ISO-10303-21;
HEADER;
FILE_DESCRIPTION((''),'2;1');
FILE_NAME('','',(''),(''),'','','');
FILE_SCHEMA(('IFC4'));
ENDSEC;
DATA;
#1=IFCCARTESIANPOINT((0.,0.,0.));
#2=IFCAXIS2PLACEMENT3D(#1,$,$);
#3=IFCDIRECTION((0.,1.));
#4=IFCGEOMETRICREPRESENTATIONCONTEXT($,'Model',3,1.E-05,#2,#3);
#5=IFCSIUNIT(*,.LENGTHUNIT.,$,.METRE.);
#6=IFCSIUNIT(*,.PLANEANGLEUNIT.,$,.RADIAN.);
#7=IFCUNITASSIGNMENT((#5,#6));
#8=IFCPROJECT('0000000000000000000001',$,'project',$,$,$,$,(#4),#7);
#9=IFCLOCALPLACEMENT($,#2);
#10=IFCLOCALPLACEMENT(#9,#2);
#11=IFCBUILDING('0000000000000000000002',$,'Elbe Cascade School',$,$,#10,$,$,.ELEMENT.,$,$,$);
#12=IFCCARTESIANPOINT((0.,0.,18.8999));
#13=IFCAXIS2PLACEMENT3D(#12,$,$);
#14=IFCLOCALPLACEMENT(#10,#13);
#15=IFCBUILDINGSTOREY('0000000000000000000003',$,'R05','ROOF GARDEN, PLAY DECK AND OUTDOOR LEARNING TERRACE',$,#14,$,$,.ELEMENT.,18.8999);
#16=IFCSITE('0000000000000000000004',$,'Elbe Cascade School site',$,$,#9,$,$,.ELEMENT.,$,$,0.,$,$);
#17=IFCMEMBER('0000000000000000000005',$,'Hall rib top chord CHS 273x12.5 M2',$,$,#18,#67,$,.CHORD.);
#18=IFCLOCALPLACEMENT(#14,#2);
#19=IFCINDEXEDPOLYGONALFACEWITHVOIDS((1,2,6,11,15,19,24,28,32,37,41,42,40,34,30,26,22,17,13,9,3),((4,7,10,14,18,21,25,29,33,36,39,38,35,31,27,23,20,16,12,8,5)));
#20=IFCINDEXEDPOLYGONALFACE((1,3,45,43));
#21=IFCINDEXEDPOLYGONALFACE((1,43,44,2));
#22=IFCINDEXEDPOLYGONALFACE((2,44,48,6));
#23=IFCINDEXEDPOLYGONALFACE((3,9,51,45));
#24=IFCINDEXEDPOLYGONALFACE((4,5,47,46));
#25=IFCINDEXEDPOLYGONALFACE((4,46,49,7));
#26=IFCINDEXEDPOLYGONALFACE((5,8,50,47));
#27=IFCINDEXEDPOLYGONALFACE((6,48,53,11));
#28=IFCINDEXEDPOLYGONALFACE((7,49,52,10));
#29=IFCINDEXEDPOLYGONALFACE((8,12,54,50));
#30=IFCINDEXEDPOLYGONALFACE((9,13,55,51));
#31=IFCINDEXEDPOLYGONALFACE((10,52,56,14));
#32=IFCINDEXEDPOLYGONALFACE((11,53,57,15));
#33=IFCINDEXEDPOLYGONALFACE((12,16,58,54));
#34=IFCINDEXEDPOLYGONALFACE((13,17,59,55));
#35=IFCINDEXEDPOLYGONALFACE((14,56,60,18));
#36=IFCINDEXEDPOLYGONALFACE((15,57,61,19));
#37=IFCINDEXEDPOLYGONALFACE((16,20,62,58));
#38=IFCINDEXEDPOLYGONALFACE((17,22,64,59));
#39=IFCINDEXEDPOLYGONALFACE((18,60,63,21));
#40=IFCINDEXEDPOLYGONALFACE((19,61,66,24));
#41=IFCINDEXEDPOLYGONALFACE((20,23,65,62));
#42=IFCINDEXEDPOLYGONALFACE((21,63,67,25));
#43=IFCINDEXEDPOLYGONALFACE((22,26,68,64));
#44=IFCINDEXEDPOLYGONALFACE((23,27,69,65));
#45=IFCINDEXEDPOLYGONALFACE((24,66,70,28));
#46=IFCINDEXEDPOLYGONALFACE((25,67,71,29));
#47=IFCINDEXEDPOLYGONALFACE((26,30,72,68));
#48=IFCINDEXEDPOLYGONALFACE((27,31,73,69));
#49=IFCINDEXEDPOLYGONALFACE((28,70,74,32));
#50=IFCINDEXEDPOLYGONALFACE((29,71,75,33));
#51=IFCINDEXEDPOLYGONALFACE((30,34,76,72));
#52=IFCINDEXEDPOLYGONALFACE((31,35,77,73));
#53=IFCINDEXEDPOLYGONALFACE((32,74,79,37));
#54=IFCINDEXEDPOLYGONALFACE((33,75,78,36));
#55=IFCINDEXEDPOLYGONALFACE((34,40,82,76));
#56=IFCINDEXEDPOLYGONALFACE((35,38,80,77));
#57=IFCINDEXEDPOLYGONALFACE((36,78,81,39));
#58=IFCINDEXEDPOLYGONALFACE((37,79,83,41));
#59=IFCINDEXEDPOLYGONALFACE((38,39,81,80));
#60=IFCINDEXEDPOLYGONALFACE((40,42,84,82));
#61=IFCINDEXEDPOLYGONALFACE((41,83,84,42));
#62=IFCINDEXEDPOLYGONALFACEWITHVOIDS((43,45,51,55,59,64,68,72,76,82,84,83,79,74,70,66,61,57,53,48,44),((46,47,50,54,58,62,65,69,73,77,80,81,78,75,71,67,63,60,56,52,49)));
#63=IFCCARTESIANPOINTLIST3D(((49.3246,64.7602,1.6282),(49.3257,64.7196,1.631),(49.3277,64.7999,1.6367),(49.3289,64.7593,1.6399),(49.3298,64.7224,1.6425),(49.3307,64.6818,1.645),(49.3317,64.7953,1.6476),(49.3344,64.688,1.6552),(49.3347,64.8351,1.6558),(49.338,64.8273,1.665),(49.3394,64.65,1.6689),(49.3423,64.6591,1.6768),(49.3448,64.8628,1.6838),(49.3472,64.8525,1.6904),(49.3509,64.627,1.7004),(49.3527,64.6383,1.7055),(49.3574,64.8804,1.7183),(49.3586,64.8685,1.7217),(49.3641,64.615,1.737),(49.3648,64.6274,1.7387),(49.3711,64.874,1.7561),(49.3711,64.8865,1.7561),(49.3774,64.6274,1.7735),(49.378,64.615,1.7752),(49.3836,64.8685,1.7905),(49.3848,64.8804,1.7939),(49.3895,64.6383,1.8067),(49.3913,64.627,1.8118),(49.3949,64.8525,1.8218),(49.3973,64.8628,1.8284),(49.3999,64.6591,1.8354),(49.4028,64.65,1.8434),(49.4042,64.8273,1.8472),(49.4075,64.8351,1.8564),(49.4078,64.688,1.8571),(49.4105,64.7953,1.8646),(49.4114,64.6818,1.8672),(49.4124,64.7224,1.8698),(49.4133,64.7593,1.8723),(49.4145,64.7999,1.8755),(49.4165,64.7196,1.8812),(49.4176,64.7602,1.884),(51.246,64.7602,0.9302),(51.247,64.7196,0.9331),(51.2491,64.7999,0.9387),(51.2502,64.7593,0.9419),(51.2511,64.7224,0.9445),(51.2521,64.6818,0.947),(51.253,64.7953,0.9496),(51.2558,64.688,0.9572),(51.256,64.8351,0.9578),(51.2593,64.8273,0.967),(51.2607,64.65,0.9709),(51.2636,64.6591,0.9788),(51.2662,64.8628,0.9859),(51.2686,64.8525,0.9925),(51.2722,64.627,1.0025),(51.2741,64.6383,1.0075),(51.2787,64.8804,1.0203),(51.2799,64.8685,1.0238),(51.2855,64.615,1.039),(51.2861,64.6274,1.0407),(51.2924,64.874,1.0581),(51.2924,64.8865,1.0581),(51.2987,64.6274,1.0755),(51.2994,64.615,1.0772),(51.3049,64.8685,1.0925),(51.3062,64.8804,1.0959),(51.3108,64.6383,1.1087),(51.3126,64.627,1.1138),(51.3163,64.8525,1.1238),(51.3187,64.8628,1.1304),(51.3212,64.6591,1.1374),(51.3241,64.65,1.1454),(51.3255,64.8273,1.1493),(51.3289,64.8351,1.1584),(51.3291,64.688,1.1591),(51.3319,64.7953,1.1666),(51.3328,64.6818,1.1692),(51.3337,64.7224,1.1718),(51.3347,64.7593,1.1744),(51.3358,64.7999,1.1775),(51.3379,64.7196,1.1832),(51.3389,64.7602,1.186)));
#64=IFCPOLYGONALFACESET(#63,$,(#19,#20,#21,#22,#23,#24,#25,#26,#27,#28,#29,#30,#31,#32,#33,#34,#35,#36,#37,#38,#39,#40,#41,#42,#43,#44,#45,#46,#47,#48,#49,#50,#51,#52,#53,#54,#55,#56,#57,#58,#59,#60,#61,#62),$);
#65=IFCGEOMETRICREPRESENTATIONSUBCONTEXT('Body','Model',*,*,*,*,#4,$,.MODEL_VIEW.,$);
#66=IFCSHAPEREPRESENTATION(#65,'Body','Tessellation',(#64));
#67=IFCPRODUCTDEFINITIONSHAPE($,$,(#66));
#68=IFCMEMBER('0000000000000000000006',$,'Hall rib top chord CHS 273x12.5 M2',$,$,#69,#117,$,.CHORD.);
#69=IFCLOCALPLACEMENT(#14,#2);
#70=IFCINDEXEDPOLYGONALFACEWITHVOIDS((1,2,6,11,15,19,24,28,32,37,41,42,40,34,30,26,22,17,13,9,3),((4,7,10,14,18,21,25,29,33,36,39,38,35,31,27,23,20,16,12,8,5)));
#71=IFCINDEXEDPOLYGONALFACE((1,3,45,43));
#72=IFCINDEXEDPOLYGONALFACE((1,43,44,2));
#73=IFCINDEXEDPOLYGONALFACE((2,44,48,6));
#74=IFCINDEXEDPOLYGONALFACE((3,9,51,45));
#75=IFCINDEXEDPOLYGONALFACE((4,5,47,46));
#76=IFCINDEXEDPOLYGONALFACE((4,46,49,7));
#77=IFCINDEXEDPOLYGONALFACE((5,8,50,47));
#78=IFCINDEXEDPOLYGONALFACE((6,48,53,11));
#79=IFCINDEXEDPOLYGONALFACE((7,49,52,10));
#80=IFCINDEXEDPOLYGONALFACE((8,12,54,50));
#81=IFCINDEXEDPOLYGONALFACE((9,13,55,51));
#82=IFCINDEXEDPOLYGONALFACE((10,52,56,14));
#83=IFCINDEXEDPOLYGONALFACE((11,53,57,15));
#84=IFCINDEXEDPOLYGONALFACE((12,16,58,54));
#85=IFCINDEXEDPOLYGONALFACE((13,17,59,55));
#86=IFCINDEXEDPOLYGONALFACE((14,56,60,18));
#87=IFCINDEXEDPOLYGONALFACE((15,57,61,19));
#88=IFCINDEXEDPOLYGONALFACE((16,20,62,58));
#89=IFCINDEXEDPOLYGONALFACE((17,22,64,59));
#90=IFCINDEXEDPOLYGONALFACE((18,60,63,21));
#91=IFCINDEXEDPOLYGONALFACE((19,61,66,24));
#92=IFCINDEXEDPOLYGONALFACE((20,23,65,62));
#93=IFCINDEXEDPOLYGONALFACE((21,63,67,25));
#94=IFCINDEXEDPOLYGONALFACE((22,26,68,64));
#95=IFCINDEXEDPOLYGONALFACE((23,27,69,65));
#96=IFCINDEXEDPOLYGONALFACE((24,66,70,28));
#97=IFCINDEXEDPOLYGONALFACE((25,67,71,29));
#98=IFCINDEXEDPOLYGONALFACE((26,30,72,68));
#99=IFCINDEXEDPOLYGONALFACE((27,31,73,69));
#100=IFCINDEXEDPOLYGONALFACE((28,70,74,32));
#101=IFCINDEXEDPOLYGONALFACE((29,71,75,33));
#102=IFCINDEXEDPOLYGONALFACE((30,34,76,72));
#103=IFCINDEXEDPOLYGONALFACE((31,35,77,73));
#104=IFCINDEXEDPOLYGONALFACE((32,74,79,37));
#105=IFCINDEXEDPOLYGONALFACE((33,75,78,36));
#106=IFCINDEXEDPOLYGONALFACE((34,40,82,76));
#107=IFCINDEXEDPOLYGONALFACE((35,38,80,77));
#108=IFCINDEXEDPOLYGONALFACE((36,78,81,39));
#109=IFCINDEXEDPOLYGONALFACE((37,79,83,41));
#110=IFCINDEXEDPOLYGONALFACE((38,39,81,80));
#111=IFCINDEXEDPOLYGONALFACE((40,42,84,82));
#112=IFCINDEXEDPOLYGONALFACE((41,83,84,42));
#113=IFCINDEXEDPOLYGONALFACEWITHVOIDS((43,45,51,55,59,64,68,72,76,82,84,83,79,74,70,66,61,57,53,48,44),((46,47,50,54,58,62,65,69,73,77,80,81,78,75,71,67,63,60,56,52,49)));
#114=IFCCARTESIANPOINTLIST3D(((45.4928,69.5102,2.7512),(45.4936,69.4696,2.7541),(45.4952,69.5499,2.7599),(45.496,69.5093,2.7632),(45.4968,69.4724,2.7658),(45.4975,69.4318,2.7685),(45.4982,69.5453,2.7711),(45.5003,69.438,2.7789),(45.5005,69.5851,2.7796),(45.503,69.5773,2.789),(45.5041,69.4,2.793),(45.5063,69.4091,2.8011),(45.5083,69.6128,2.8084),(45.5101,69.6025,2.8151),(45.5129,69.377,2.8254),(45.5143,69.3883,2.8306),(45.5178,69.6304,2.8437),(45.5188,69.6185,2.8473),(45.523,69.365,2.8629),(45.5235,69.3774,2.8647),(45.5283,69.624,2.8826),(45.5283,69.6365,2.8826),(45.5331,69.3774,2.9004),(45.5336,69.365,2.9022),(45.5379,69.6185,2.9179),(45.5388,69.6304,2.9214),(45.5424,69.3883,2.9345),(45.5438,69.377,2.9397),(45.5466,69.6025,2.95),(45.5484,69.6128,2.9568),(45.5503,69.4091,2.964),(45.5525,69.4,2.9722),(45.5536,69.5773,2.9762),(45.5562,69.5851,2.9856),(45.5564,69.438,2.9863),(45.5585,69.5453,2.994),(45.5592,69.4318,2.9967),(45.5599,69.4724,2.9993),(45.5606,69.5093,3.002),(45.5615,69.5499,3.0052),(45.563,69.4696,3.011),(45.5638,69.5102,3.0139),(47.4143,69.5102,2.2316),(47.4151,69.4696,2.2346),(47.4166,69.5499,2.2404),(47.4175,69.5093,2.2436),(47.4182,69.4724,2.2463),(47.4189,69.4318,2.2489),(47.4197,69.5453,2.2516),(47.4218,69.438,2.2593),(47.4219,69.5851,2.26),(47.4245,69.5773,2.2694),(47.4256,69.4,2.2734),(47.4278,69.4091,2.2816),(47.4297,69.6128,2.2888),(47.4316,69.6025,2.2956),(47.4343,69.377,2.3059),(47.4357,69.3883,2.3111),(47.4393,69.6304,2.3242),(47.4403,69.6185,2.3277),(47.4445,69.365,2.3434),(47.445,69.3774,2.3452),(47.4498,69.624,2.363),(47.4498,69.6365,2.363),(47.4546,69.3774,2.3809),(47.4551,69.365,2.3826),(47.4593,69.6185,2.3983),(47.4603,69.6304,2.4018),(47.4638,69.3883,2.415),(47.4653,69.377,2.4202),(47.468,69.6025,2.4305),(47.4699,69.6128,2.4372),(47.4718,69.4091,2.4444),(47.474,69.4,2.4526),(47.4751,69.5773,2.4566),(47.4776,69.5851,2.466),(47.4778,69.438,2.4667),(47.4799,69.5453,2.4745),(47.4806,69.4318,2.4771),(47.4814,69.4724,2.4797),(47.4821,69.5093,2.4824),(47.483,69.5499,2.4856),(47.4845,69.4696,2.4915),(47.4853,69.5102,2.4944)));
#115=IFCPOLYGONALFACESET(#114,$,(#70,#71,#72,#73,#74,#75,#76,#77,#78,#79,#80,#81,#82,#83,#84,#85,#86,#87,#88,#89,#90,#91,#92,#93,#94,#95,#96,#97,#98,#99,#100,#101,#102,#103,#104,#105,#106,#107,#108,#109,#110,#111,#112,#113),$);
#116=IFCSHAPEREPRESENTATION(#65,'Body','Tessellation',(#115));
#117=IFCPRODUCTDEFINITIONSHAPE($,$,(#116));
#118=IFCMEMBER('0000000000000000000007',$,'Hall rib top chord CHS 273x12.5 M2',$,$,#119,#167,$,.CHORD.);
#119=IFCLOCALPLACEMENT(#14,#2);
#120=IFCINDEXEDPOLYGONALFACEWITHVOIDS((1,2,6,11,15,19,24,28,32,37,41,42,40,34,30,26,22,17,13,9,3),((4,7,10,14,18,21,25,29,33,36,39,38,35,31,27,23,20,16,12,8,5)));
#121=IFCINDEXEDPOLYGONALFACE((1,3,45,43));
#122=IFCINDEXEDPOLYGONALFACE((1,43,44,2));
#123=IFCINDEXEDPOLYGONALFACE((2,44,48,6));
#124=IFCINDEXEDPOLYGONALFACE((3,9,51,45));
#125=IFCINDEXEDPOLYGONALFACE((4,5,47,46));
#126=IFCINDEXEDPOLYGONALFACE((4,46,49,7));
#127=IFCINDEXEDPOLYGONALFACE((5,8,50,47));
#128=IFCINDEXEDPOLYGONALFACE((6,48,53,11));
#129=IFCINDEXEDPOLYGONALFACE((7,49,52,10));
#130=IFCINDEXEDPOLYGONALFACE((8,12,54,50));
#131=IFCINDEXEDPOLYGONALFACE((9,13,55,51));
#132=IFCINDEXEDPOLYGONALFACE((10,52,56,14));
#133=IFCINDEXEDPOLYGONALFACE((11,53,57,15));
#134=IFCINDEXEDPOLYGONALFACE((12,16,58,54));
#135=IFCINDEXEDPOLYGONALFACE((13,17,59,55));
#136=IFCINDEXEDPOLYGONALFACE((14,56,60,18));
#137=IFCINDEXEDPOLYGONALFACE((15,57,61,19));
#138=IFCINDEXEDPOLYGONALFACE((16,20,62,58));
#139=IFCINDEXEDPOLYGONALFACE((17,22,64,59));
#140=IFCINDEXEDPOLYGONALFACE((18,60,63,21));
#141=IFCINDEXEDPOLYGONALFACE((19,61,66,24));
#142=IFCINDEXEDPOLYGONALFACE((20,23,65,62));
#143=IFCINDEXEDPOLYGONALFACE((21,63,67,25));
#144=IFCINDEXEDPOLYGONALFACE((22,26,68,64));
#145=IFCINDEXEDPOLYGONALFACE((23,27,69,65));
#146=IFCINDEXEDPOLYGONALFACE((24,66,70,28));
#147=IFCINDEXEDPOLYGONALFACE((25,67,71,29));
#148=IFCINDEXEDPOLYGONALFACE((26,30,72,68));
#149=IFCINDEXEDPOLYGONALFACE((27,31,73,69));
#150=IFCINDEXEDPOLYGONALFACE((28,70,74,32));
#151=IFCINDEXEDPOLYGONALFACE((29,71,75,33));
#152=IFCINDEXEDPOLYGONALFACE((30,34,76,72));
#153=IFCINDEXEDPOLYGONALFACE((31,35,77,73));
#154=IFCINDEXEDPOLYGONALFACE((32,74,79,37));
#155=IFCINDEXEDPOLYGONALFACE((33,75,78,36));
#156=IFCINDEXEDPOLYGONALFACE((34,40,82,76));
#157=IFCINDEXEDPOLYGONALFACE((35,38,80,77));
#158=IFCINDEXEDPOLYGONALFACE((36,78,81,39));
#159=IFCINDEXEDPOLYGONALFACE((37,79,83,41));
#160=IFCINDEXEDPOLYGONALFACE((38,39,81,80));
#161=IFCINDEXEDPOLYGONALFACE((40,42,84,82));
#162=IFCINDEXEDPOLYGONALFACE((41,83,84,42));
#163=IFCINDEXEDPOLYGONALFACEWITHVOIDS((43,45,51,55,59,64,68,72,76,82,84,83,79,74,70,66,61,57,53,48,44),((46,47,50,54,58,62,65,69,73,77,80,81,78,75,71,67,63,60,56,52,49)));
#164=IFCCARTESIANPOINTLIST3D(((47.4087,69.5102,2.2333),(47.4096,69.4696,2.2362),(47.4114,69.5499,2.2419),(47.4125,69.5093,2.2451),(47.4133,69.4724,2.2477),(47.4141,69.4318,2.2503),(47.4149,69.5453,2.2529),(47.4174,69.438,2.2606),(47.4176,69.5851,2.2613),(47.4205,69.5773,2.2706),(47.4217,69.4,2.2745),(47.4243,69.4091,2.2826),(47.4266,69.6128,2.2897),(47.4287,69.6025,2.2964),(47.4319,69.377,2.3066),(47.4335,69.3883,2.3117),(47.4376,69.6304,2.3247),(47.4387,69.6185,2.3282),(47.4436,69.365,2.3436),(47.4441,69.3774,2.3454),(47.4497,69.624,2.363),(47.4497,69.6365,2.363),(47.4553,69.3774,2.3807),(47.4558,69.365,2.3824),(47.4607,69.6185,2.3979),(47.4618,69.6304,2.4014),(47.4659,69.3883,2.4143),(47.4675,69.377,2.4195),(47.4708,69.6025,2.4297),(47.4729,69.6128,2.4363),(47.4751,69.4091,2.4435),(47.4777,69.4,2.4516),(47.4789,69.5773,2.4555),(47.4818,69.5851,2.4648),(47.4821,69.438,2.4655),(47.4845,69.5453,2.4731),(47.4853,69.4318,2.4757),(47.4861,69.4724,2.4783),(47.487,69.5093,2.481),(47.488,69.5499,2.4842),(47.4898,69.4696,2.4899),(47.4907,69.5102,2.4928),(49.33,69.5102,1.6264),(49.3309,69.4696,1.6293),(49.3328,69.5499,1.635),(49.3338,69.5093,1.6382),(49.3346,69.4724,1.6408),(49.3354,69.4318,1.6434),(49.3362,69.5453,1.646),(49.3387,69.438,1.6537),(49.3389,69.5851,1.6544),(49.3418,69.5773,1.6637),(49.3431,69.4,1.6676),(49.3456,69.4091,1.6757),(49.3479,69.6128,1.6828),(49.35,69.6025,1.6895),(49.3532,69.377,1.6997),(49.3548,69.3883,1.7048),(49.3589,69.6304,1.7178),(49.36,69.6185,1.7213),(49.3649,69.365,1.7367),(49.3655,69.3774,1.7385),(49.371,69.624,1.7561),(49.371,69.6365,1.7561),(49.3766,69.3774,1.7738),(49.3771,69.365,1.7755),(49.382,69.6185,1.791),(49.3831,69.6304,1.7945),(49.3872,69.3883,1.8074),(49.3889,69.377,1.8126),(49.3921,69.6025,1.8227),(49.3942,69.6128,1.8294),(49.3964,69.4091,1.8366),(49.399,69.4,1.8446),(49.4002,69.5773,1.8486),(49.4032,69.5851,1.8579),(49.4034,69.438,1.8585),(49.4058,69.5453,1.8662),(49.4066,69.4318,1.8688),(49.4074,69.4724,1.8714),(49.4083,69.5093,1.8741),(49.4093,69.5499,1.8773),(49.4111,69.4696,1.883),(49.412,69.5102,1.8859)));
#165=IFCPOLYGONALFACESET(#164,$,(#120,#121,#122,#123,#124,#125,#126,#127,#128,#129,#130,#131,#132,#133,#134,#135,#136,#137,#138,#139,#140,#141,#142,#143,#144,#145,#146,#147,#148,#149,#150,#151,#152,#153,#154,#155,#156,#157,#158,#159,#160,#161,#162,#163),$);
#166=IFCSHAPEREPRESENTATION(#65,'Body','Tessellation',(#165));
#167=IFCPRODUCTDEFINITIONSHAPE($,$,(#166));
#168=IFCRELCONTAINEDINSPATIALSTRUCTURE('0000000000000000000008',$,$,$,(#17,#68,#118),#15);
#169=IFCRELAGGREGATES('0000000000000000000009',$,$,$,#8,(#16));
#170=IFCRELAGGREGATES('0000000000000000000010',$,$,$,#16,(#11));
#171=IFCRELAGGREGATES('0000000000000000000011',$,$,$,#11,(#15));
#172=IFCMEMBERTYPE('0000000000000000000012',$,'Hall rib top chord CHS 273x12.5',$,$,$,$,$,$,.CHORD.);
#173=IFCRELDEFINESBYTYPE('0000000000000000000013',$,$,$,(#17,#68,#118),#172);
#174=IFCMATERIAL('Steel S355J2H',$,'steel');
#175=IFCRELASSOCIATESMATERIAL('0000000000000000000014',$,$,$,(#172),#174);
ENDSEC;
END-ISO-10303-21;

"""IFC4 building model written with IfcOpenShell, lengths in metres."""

from ifc_helpers import new_model, si_unit, direction, frame, origin, origin_2d, place, context, subcontext, project, spatial, hollow_circle, extrude, material, material_profile, profile_set, type_object, element, save


model = new_model("IFC4")

# Units and contexts
model_context = context("Model", 3, precision=1e-05, world=origin(), true_north=direction((0.0, 1.0)))
body_context = subcontext(model_context, "Body", "Model", "MODEL_VIEW")
ifc_project = project(units=[si_unit("LENGTHUNIT", "METRE"), si_unit("PLANEANGLEUNIT", "RADIAN")], contexts=[model_context])

# Site, building, storey
site_placement = place(None, origin())
site = spatial("IfcSite", under=ifc_project, at=site_placement, Name="Elbe Cascade School site", CompositionType="ELEMENT", RefElevation=0.0)
building_placement = place(site_placement, origin())
building = spatial("IfcBuilding", under=site, at=building_placement, Name="Elbe Cascade School", CompositionType="ELEMENT")
storey_placement = place(building_placement, frame((0.0, 0.0, 18.8999)))
storey = spatial("IfcBuildingStorey", under=building, at=storey_placement, Name="R05", Description="ROOF GARDEN, PLAY DECK AND OUTDOOR LEARNING TERRACE", CompositionType="ELEMENT", Elevation=18.8999)

# Members
ifc_material_1 = material(Name="Steel S355J2H", Category="steel")
ifc_material_profile_1 = material_profile(ifc_material_1, hollow_circle(Radius=0.1365, WallThickness=0.0125, at=origin_2d()), Name="CHS 273x12.5")
ifc_profile_set_1 = profile_set([ifc_material_profile_1], Name="Steel S355J2H")
member_type_1 = type_object("IfcMemberType", Name="Hall rib top chord CHS 273x12.5", PredefinedType="CHORD", material=ifc_profile_set_1)
member_1_placement = place(storey_placement, frame((49.3711, 64.75, 1.7561), z_axis=(0.939901, 0.0, -0.341446), x_axis=(0.0, 1.0, 0.0)))
element("IfcMember", 1, at=member_1_placement, inside=storey, type_object=member_type_1, Name="Hall rib top chord CHS 273x12.5 M2", PredefinedType="CHORD", context=body_context, shape_type="SweptSolid", body=[
    extrude(hollow_circle(Radius=0.1365, WallThickness=0.0125, at=origin_2d()), origin(), (0.0, 0.0, 1.0), 2.0442),
])
member_2_placement = place(storey_placement, frame((45.5283, 69.5, 2.8826), z_axis=(0.965333, 0.0, -0.26102), x_axis=(0.0, 1.0, 0.0)))
element("IfcMember", 2, at=member_2_placement, inside=storey, type_object=member_type_1, Name="Hall rib top chord CHS 273x12.5 M2", PredefinedType="CHORD", context=body_context, shape_type="SweptSolid", body=[
    extrude(hollow_circle(Radius=0.1365, WallThickness=0.0125, at=origin_2d()), origin(), (0.0, 0.0, 1.0), 1.9905),
])
member_3_placement = place(storey_placement, frame((47.4497, 69.5, 2.363), z_axis=(0.953557, 0.0, -0.301213), x_axis=(0.0, 1.0, 0.0)))
element("IfcMember", 3, at=member_3_placement, inside=storey, type_object=member_type_1, Name="Hall rib top chord CHS 273x12.5 M2", PredefinedType="CHORD", context=body_context, shape_type="SweptSolid", body=[
    extrude(hollow_circle(Radius=0.1365, WallThickness=0.0125, at=origin_2d()), origin(), (0.0, 0.0, 1.0), 2.0149),
])

save(model, "model.ifc")
